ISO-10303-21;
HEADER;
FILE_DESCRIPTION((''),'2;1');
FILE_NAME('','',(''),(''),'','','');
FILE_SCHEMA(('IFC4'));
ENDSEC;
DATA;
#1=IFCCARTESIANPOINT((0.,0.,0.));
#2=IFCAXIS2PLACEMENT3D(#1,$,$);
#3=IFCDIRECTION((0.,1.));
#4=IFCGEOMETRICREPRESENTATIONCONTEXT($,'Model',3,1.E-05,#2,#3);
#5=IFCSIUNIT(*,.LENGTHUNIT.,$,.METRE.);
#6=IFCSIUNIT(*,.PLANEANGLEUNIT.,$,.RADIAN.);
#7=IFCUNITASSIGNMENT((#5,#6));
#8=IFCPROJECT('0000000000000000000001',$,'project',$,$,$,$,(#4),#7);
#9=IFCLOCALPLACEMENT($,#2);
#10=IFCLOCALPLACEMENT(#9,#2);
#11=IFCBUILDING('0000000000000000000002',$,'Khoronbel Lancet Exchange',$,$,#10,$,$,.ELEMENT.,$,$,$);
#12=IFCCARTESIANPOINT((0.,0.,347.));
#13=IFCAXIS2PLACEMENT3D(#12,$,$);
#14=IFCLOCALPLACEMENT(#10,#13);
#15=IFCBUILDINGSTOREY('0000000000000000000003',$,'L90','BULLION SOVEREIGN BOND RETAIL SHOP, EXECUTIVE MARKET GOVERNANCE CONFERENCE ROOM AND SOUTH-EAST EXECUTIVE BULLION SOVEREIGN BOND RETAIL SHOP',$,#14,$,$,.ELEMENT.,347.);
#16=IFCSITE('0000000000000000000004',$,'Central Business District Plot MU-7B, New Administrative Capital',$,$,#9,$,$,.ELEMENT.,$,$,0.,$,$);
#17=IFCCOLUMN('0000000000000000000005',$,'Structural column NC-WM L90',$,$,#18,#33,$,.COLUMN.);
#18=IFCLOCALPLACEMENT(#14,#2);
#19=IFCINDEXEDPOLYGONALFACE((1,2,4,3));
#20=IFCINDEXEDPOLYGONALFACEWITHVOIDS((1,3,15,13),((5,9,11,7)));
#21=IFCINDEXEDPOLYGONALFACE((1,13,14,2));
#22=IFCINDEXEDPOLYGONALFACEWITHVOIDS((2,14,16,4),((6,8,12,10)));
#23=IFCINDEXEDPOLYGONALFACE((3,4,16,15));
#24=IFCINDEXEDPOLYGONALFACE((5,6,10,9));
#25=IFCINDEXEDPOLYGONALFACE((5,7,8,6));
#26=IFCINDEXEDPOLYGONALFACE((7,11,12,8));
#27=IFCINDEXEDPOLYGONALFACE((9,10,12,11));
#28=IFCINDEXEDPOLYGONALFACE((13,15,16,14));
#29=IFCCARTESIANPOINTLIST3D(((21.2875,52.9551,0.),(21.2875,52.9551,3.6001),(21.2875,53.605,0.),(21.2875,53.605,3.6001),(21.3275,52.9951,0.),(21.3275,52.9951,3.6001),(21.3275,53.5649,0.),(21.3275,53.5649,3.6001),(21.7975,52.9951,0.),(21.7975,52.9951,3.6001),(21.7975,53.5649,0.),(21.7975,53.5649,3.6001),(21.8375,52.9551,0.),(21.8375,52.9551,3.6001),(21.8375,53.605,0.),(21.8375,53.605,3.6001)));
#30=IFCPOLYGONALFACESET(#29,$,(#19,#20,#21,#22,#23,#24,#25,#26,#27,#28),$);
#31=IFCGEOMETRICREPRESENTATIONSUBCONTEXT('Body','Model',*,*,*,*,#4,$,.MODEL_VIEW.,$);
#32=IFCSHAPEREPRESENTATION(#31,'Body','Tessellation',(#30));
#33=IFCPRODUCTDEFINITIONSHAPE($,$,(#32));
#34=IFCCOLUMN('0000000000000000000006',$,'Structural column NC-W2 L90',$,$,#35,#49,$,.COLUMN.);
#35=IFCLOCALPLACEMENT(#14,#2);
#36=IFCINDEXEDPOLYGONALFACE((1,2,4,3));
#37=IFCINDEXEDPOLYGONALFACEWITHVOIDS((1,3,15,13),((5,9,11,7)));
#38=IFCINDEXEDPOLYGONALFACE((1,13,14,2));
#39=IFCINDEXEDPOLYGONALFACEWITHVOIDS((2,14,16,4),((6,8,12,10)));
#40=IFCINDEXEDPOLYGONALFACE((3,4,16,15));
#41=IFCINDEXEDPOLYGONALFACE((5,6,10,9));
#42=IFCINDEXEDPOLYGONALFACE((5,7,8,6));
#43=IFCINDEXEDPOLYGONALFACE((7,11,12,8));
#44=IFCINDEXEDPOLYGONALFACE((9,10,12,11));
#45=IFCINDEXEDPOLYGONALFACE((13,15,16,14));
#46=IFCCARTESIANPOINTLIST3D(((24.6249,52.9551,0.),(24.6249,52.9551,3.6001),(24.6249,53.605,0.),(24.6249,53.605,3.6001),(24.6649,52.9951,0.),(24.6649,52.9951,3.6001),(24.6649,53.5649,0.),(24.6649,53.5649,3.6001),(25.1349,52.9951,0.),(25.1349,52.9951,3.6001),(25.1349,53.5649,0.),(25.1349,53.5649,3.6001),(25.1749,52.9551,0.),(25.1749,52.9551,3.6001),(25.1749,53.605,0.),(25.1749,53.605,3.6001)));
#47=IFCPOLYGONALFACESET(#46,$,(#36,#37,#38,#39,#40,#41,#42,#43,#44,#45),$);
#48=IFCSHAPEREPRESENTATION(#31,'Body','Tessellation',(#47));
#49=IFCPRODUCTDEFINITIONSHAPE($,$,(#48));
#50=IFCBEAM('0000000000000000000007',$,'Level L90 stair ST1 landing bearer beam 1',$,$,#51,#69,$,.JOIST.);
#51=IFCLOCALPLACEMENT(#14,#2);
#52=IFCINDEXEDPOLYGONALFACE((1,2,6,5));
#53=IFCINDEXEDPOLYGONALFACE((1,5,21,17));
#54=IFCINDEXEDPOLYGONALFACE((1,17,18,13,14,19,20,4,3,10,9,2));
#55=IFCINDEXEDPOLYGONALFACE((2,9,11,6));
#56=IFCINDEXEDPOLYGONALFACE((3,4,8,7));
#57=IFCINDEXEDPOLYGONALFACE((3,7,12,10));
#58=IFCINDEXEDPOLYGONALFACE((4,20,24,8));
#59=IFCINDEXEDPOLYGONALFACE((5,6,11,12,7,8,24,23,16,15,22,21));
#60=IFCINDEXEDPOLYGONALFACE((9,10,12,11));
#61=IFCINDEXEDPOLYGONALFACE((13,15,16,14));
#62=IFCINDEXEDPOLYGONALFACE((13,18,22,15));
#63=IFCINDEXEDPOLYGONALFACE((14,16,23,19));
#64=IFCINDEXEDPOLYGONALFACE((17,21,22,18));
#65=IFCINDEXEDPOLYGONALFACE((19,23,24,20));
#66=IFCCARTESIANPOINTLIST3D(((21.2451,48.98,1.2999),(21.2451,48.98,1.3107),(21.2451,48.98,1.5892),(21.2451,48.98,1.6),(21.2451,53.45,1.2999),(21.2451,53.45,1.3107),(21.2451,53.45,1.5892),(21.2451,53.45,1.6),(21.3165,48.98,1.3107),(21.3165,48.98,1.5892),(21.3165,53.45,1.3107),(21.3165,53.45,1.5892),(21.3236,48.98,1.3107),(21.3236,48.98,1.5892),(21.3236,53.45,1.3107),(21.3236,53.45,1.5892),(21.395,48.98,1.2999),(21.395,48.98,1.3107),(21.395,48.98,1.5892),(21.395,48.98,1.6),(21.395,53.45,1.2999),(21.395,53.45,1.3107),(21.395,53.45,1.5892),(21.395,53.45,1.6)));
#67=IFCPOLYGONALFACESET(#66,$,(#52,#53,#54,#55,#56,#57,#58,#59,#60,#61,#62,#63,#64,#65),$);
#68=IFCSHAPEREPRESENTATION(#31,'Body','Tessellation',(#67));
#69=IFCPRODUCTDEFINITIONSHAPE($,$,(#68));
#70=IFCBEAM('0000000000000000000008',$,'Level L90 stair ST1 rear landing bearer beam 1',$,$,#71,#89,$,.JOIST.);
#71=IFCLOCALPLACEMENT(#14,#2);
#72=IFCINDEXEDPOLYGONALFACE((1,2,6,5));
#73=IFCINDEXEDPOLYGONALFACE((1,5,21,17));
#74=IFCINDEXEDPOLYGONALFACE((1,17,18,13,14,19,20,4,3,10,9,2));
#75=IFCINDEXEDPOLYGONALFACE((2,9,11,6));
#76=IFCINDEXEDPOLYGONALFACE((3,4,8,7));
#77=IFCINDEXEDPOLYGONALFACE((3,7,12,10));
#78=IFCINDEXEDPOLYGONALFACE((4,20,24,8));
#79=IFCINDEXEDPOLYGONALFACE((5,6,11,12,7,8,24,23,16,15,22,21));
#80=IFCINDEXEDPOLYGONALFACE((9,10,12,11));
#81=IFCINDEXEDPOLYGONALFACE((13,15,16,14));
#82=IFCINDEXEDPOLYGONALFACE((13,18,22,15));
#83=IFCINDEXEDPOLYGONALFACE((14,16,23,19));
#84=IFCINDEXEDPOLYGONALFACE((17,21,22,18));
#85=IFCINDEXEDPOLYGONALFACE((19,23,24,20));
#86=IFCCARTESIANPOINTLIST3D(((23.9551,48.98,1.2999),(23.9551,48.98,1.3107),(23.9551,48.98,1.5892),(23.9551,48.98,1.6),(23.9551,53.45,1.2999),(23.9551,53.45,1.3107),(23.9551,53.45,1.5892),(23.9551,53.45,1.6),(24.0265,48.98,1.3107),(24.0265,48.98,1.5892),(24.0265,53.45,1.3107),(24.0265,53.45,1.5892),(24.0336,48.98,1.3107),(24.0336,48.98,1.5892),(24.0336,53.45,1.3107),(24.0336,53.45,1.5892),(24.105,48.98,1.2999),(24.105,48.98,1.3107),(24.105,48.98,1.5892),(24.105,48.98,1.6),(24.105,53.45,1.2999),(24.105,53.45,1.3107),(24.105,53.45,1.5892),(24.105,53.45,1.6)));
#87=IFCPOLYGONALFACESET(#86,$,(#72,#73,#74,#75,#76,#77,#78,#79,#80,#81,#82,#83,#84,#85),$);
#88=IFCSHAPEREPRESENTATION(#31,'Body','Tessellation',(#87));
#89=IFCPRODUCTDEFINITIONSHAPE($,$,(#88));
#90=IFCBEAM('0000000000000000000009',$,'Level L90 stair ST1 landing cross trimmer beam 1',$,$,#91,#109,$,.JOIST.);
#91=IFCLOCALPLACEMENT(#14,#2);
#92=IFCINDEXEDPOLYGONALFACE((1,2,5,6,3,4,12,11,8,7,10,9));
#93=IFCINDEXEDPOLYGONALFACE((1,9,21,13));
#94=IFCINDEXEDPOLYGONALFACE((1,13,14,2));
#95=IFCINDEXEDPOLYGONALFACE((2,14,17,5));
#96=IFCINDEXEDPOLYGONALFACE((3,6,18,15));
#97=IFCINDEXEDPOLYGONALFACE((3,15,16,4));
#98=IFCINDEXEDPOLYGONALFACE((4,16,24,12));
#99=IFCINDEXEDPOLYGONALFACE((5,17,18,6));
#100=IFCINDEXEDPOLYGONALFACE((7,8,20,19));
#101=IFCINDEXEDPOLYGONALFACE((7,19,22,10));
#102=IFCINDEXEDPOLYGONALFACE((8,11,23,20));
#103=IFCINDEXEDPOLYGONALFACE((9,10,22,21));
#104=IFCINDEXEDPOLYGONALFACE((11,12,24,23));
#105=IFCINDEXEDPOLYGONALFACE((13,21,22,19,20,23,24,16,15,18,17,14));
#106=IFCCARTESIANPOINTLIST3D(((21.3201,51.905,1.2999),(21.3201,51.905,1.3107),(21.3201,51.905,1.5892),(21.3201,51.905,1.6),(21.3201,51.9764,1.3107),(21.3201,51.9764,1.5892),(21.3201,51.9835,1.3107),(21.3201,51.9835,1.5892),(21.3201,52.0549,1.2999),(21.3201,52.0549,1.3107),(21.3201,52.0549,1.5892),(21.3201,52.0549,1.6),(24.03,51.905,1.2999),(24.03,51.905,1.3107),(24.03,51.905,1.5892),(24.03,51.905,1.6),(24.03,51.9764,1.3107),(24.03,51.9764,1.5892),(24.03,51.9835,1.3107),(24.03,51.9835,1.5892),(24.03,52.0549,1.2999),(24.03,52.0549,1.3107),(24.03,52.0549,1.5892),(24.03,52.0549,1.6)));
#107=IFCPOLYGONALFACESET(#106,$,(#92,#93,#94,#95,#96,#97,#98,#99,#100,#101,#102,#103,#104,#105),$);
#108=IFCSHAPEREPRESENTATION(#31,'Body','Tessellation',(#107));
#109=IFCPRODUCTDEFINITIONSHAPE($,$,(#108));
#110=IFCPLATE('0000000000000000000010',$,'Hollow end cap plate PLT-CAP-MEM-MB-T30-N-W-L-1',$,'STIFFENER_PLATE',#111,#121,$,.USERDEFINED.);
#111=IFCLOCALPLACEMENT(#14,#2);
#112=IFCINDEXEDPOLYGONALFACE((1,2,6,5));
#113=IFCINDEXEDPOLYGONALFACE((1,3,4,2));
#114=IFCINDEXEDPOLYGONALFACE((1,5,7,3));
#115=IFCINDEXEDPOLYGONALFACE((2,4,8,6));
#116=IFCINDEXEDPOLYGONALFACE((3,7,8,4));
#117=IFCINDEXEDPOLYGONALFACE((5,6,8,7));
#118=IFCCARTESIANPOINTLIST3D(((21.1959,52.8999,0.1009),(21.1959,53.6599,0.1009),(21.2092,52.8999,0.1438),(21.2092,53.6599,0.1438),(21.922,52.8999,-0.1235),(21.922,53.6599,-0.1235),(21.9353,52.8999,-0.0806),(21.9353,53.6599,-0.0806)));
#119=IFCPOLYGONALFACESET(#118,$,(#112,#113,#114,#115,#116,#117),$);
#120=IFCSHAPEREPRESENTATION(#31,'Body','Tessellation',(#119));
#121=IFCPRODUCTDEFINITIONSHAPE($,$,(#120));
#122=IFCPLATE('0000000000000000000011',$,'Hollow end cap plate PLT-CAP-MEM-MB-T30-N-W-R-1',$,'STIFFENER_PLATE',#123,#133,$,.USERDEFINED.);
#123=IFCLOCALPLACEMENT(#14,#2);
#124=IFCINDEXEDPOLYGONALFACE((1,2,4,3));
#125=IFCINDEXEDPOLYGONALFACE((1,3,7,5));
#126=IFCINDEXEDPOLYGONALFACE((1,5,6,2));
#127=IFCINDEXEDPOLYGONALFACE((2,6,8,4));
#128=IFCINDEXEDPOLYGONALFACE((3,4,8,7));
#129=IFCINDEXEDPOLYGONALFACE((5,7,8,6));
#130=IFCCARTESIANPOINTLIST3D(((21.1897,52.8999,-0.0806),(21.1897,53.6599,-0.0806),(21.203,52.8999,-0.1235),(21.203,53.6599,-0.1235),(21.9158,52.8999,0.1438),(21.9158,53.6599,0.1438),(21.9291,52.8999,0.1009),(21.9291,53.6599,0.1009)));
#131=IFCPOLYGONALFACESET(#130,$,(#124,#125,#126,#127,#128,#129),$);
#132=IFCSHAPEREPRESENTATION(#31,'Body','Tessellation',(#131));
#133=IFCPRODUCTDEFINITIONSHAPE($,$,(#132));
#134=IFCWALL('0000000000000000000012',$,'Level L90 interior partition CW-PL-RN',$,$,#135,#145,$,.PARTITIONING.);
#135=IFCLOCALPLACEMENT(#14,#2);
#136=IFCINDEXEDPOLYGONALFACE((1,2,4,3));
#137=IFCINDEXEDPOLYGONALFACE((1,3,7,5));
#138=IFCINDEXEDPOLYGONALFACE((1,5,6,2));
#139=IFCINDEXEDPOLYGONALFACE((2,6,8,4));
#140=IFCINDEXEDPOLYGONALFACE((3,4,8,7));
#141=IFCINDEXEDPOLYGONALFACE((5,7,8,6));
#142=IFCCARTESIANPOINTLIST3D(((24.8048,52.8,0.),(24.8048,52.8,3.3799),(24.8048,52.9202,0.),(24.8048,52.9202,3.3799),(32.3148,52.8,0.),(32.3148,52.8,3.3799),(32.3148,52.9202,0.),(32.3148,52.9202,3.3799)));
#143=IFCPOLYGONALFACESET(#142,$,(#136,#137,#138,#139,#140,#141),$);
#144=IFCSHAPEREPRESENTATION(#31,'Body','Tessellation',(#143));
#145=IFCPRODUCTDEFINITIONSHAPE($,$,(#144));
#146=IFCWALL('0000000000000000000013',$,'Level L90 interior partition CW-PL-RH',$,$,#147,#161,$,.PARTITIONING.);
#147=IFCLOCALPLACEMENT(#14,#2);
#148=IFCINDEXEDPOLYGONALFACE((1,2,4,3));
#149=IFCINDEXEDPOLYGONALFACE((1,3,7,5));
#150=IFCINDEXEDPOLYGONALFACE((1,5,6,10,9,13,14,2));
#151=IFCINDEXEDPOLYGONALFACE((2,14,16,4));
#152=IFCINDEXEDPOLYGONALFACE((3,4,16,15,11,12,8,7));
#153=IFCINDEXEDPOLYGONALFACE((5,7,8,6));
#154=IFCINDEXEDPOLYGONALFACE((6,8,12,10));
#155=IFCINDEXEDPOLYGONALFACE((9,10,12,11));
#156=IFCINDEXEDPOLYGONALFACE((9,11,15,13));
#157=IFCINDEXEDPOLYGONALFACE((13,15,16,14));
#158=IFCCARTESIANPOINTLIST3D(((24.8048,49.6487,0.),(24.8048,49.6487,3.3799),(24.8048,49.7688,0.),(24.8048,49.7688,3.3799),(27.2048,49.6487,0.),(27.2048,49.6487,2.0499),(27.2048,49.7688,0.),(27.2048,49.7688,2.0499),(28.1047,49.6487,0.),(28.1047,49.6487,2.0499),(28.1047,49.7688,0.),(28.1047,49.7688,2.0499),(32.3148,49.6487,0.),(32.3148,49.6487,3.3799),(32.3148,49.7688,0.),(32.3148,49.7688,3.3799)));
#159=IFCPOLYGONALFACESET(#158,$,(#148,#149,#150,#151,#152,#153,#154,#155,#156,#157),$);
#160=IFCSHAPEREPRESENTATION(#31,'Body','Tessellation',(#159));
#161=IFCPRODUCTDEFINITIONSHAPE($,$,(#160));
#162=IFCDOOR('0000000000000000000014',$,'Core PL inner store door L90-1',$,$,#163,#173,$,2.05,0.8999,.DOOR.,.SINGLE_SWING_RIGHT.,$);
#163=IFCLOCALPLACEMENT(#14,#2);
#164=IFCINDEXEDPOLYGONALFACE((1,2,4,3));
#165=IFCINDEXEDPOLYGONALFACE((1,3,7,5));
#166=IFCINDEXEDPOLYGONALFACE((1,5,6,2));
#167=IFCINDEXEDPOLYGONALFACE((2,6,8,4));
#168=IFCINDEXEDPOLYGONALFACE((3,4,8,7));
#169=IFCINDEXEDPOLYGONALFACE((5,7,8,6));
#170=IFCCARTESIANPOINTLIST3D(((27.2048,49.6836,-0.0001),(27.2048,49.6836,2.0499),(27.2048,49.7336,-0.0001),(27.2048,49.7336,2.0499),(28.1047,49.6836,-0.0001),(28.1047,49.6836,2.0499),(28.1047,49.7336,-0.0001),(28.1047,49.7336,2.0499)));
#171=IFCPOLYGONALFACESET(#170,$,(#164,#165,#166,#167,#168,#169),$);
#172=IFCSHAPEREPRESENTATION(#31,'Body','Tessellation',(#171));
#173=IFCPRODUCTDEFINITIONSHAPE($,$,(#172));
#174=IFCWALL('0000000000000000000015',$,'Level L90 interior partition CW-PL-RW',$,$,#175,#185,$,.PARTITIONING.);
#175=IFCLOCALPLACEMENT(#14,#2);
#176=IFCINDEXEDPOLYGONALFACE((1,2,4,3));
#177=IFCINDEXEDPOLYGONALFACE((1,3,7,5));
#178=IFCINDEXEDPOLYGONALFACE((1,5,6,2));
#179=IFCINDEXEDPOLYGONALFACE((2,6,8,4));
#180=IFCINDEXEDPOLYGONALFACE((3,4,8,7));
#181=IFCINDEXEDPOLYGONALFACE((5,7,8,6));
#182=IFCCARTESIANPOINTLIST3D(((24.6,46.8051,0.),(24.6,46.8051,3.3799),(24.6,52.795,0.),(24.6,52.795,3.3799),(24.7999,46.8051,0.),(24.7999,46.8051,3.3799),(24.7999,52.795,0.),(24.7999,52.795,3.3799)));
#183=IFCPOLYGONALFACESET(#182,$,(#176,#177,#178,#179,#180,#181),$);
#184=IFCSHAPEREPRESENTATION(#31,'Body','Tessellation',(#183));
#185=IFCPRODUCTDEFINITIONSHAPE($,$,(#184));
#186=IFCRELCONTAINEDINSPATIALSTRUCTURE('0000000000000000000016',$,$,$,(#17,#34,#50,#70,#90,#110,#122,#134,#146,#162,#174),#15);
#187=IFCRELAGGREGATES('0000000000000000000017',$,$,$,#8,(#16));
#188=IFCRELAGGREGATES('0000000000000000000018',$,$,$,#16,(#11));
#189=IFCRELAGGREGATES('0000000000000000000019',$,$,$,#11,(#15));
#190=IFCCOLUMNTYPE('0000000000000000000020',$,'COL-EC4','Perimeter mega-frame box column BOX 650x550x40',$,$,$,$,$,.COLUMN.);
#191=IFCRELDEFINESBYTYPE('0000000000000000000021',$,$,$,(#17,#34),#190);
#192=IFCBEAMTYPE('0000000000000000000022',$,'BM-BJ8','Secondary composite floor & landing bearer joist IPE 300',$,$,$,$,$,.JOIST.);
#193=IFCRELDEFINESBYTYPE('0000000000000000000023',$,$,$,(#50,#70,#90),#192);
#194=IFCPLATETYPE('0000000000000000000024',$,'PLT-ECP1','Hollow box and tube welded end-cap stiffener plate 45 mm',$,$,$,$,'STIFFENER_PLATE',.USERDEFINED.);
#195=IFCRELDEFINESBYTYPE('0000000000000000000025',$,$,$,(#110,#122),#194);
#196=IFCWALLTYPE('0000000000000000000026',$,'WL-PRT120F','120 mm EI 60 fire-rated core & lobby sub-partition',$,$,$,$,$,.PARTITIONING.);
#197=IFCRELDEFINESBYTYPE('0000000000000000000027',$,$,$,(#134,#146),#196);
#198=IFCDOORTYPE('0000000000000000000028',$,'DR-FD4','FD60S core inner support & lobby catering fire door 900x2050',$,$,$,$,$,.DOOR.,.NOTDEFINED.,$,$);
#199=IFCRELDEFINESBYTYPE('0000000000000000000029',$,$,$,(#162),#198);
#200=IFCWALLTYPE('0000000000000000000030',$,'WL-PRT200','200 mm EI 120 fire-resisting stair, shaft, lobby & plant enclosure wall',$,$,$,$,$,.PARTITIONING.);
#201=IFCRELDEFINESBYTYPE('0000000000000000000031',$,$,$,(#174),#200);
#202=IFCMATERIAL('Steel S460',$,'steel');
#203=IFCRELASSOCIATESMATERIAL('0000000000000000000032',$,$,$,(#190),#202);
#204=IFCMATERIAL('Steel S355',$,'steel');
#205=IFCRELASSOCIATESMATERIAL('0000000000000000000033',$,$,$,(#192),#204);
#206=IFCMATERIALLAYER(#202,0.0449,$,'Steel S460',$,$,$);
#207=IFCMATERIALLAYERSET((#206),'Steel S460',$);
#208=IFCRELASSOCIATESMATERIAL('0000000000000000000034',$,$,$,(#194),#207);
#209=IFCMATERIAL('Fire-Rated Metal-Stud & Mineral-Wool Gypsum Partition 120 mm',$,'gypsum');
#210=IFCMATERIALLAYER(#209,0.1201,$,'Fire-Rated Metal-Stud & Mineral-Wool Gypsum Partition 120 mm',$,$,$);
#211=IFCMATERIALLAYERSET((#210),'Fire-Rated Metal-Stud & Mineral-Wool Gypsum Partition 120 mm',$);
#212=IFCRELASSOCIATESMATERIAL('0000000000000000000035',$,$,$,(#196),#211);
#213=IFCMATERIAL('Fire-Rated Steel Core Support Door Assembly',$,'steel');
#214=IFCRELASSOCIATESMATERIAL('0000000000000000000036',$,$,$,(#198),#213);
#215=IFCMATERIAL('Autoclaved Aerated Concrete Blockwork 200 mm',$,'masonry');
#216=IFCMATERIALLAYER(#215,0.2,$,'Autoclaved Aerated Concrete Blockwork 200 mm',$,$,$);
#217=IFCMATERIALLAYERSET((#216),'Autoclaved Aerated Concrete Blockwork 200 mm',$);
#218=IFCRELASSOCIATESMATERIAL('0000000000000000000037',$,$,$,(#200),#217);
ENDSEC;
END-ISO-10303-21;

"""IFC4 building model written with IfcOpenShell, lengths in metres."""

from ifc_helpers import new_model, si_unit, direction, frame, frame_2d, origin, origin_2d, place, context, subcontext, project, spatial, polyline, rectangle, hollow_rectangle, i_section, outline, extrude, material, layer, layer_set, material_profile, profile_set, type_object, element, fill, save


model = new_model("IFC4")

# Units and contexts
model_context = context("Model", 3, precision=1e-05, world=origin(), true_north=direction((0.0, 1.0)))
body_context = subcontext(model_context, "Body", "Model", "MODEL_VIEW")
ifc_project = project(units=[si_unit("LENGTHUNIT", "METRE"), si_unit("PLANEANGLEUNIT", "RADIAN")], contexts=[model_context])

# Site, building, storey
site_placement = place(None, origin())
site = spatial("IfcSite", under=ifc_project, at=site_placement, Name="Central Business District Plot MU-7B, New Administrative Capital", CompositionType="ELEMENT", RefElevation=0.0)
building_placement = place(site_placement, origin())
building = spatial("IfcBuilding", under=site, at=building_placement, Name="Khoronbel Lancet Exchange", CompositionType="ELEMENT")
storey_placement = place(building_placement, frame((0.0, 0.0, 347.0)))
storey = spatial("IfcBuildingStorey", under=building, at=storey_placement, Name="L90", Description="BULLION SOVEREIGN BOND RETAIL SHOP, EXECUTIVE MARKET GOVERNANCE CONFERENCE ROOM AND SOUTH-EAST EXECUTIVE BULLION SOVEREIGN BOND RETAIL SHOP", CompositionType="ELEMENT", Elevation=347.0)

# Columns
ifc_material_1 = material(Name="Steel S460", Category="steel")
ifc_material_profile_1 = material_profile(ifc_material_1, hollow_rectangle(XDim=0.55, YDim=0.6499, WallThickness=0.04, at=origin_2d()), Name="BOX 650x550x40")
ifc_profile_set_1 = profile_set([ifc_material_profile_1], Name="Steel S460")
column_type = type_object("IfcColumnType", Name="COL-EC4", Description="Perimeter mega-frame box column BOX 650x550x40", PredefinedType="COLUMN", material=ifc_profile_set_1)
for number, where, z_axis, x_axis, name in (
    (1, (21.5625, 53.28, 0.0), (0.0, 0.0, 1.0), (1.0, 0.0, 0.0), "Structural column NC-WM L90"),
    (2, (24.8999, 53.28, 0.0), (0.0, 0.0, 1.0), (1.0, 0.0, 0.0), "Structural column NC-W2 L90"),
):
    element("IfcColumn", number, at=place(storey_placement, frame(where, z_axis=z_axis, x_axis=x_axis)), inside=storey, type_object=column_type, Name=name, PredefinedType="COLUMN", context=body_context, shape_type="SweptSolid", body=[
        extrude(hollow_rectangle(XDim=0.55, YDim=0.6499, WallThickness=0.04, at=origin_2d()), origin(), (0.0, 0.0, 1.0), 3.6001),
    ])

# Beams
ifc_material_2 = material(Name="Steel S355", Category="steel")
ifc_material_profile_2 = material_profile(ifc_material_2, i_section(OverallWidth=0.1499, OverallDepth=0.3, WebThickness=0.0071, FlangeThickness=0.0107, at=origin_2d()), Name="IPE 300")
ifc_profile_set_2 = profile_set([ifc_material_profile_2], Name="Steel S355")
beam_type = type_object("IfcBeamType", Name="BM-BJ8", Description="Secondary composite floor & landing bearer joist IPE 300", PredefinedType="JOIST", material=ifc_profile_set_2)
for number, where, z_axis, x_axis, name in (
    (3, (21.3201, 48.98, 1.45), (0.0, 1.0, 0.0), (-1.0, 0.0, 0.0), "Level L90 stair ST1 landing bearer beam 1"),
    (4, (24.03, 48.98, 1.45), (0.0, 1.0, 0.0), (-1.0, 0.0, 0.0), "Level L90 stair ST1 rear landing bearer beam 1"),
):
    element("IfcBeam", number, at=place(storey_placement, frame(where, z_axis=z_axis, x_axis=x_axis)), inside=storey, type_object=beam_type, Name=name, PredefinedType="JOIST", context=body_context, shape_type="SweptSolid", body=[
        extrude(i_section(OverallWidth=0.1499, OverallDepth=0.3, WebThickness=0.0071, FlangeThickness=0.0107, at=origin_2d()), origin(), (0.0, 0.0, 1.0), 4.47),
    ])
beam_placement = place(storey_placement, frame((21.3201, 51.98, 1.45), z_axis=(1.0, 0.0, 0.0), x_axis=(0.0, 1.0, 0.0)))
element("IfcBeam", 5, at=beam_placement, inside=storey, type_object=beam_type, Name="Level L90 stair ST1 landing cross trimmer beam 1", PredefinedType="JOIST", context=body_context, shape_type="SweptSolid", body=[
    extrude(i_section(OverallWidth=0.1499, OverallDepth=0.3, WebThickness=0.0071, FlangeThickness=0.0107, at=origin_2d()), origin(), (0.0, 0.0, 1.0), 2.71),
])

# Plates
ifc_layer_1 = layer(ifc_material_1, 0.0449, Name="Steel S460")
ifc_layer_set_1 = layer_set([ifc_layer_1], Name="Steel S460")
plate_type = type_object("IfcPlateType", Name="PLT-ECP1", Description="Hollow box and tube welded end-cap stiffener plate 45 mm", ElementType="STIFFENER_PLATE", PredefinedType="USERDEFINED", material=ifc_layer_set_1)
for number, where, z_axis, x_axis, name in (
    (6, (21.9353, 52.8999, -0.0806), (0.295237, 0.0, 0.955424), (0.0, 1.0, 0.0), "Hollow end cap plate PLT-CAP-MEM-MB-T30-N-W-L-1"),
    (7, (21.1897, 53.6599, -0.0806), (-0.295237, 0.0, 0.955424), (0.0, -1.0, 0.0), "Hollow end cap plate PLT-CAP-MEM-MB-T30-N-W-R-1"),
):
    element("IfcPlate", number, at=place(storey_placement, frame(where, z_axis=z_axis, x_axis=x_axis)), inside=storey, type_object=plate_type, Name=name, ObjectType="STIFFENER_PLATE", PredefinedType="USERDEFINED", context=body_context, shape_type="SweptSolid", body=[
        extrude(outline(polyline([(0.0, 0.0), (0.76, 0.0), (0.76, 0.76), (0.0, 0.76), (0.0, 0.0)])), origin(), (0.0, 0.0, -1.0), 0.0449),
    ])

# Wall
ifc_material_3 = material(Name="Fire-Rated Metal-Stud & Mineral-Wool Gypsum Partition 120 mm", Category="gypsum")
ifc_layer_2 = layer(ifc_material_3, 0.1201, Name="Fire-Rated Metal-Stud & Mineral-Wool Gypsum Partition 120 mm")
ifc_layer_set_2 = layer_set([ifc_layer_2], Name="Fire-Rated Metal-Stud & Mineral-Wool Gypsum Partition 120 mm")
wall_type_1 = type_object("IfcWallType", Name="WL-PRT120F", Description="120 mm EI 60 fire-rated core & lobby sub-partition", PredefinedType="PARTITIONING", material=ifc_layer_set_2)
wall_1_placement = place(storey_placement, frame((24.8049, 52.8601, 0.0), z_axis=(0.0, 0.0, 1.0), x_axis=(1.0, 0.0, 0.0)))
element("IfcWall", 8, at=wall_1_placement, inside=storey, type_object=wall_type_1, Name="Level L90 interior partition CW-PL-RN", PredefinedType="PARTITIONING", context=body_context, shape_type="SweptSolid", body=[
    extrude(rectangle(XDim=7.51, YDim=0.1201, at=frame_2d((3.7549, 0.0))), origin(), (0.0, 0.0, 1.0), 3.3799),
])

# Wall, opening, door
wall_2_placement = place(storey_placement, frame((24.8049, 49.7087, 0.0), z_axis=(0.0, 0.0, 1.0), x_axis=(1.0, 0.0, 0.0)))
wall_2 = element("IfcWall", 9, at=wall_2_placement, inside=storey, type_object=wall_type_1, Name="Level L90 interior partition CW-PL-RH", PredefinedType="PARTITIONING", context=body_context, shape_type="SweptSolid", body=[
    extrude(rectangle(XDim=7.51, YDim=0.1201, at=frame_2d((3.7549, 0.0))), origin(), (0.0, 0.0, 1.0), 3.3799),
])
opening_1_placement = place(wall_2_placement, frame((2.3999, 0.0, 0.0)))
opening_1 = element("IfcOpeningElement", 10, at=opening_1_placement, cuts=wall_2, PredefinedType="OPENING", context=body_context, shape_type="SweptSolid", body=[
    extrude(rectangle(XDim=0.8999, YDim=2.05, at=frame_2d((0.45, 1.0249))), frame((0.0, 0.0701, 0.0), z_axis=(0.0, -1.0, 0.0), x_axis=(1.0, 0.0, 0.0)), (0.0, 0.0, 1.0), 0.1401),
])
ifc_material_4 = material(Name="Fire-Rated Steel Core Support Door Assembly", Category="steel")
door_type_1 = type_object("IfcDoorType", Name="DR-FD4", Description="FD60S core inner support & lobby catering fire door 900x2050", OperationType="NOTDEFINED", PredefinedType="DOOR", material=ifc_material_4)
door_1_placement = place(opening_1_placement, origin())
door_1 = element("IfcDoor", 11, at=door_1_placement, inside=storey, type_object=door_type_1, Name="Core PL inner store door L90-1", OperationType="SINGLE_SWING_RIGHT", OverallHeight=2.05, OverallWidth=0.8999, PredefinedType="DOOR", context=body_context, shape_type="SweptSolid", body=[
    extrude(rectangle(XDim=0.8999, YDim=2.05, at=frame_2d((0.45, 1.0249))), frame((0.0, 0.0249, 0.0), z_axis=(0.0, -1.0, 0.0), x_axis=(1.0, 0.0, 0.0)), (0.0, 0.0, 1.0), 0.05),
])
fill(opening_1, door_1)

# Wall
ifc_material_5 = material(Name="Autoclaved Aerated Concrete Blockwork 200 mm", Category="masonry")
ifc_layer_3 = layer(ifc_material_5, 0.2, Name="Autoclaved Aerated Concrete Blockwork 200 mm")
ifc_layer_set_3 = layer_set([ifc_layer_3], Name="Autoclaved Aerated Concrete Blockwork 200 mm")
wall_type_2 = type_object("IfcWallType", Name="WL-PRT200", Description="200 mm EI 120 fire-resisting stair, shaft, lobby & plant enclosure wall", PredefinedType="PARTITIONING", material=ifc_layer_set_3)
for number, where, z_axis, x_axis, name in (
    (12, (24.7, 46.8049, 0.0), (0.0, 0.0, 1.0), (0.0, 1.0, 0.0), "Level L90 interior partition CW-PL-RW"),
):
    element("IfcWall", number, at=place(storey_placement, frame(where, z_axis=z_axis, x_axis=x_axis)), inside=storey, type_object=wall_type_2, Name=name, PredefinedType="PARTITIONING", context=body_context, shape_type="SweptSolid", body=[
        extrude(rectangle(XDim=5.99, YDim=0.2, at=frame_2d((2.9951, 0.0))), origin(), (0.0, 0.0, 1.0), 3.3799),
    ])

save(model, "model.ifc")
